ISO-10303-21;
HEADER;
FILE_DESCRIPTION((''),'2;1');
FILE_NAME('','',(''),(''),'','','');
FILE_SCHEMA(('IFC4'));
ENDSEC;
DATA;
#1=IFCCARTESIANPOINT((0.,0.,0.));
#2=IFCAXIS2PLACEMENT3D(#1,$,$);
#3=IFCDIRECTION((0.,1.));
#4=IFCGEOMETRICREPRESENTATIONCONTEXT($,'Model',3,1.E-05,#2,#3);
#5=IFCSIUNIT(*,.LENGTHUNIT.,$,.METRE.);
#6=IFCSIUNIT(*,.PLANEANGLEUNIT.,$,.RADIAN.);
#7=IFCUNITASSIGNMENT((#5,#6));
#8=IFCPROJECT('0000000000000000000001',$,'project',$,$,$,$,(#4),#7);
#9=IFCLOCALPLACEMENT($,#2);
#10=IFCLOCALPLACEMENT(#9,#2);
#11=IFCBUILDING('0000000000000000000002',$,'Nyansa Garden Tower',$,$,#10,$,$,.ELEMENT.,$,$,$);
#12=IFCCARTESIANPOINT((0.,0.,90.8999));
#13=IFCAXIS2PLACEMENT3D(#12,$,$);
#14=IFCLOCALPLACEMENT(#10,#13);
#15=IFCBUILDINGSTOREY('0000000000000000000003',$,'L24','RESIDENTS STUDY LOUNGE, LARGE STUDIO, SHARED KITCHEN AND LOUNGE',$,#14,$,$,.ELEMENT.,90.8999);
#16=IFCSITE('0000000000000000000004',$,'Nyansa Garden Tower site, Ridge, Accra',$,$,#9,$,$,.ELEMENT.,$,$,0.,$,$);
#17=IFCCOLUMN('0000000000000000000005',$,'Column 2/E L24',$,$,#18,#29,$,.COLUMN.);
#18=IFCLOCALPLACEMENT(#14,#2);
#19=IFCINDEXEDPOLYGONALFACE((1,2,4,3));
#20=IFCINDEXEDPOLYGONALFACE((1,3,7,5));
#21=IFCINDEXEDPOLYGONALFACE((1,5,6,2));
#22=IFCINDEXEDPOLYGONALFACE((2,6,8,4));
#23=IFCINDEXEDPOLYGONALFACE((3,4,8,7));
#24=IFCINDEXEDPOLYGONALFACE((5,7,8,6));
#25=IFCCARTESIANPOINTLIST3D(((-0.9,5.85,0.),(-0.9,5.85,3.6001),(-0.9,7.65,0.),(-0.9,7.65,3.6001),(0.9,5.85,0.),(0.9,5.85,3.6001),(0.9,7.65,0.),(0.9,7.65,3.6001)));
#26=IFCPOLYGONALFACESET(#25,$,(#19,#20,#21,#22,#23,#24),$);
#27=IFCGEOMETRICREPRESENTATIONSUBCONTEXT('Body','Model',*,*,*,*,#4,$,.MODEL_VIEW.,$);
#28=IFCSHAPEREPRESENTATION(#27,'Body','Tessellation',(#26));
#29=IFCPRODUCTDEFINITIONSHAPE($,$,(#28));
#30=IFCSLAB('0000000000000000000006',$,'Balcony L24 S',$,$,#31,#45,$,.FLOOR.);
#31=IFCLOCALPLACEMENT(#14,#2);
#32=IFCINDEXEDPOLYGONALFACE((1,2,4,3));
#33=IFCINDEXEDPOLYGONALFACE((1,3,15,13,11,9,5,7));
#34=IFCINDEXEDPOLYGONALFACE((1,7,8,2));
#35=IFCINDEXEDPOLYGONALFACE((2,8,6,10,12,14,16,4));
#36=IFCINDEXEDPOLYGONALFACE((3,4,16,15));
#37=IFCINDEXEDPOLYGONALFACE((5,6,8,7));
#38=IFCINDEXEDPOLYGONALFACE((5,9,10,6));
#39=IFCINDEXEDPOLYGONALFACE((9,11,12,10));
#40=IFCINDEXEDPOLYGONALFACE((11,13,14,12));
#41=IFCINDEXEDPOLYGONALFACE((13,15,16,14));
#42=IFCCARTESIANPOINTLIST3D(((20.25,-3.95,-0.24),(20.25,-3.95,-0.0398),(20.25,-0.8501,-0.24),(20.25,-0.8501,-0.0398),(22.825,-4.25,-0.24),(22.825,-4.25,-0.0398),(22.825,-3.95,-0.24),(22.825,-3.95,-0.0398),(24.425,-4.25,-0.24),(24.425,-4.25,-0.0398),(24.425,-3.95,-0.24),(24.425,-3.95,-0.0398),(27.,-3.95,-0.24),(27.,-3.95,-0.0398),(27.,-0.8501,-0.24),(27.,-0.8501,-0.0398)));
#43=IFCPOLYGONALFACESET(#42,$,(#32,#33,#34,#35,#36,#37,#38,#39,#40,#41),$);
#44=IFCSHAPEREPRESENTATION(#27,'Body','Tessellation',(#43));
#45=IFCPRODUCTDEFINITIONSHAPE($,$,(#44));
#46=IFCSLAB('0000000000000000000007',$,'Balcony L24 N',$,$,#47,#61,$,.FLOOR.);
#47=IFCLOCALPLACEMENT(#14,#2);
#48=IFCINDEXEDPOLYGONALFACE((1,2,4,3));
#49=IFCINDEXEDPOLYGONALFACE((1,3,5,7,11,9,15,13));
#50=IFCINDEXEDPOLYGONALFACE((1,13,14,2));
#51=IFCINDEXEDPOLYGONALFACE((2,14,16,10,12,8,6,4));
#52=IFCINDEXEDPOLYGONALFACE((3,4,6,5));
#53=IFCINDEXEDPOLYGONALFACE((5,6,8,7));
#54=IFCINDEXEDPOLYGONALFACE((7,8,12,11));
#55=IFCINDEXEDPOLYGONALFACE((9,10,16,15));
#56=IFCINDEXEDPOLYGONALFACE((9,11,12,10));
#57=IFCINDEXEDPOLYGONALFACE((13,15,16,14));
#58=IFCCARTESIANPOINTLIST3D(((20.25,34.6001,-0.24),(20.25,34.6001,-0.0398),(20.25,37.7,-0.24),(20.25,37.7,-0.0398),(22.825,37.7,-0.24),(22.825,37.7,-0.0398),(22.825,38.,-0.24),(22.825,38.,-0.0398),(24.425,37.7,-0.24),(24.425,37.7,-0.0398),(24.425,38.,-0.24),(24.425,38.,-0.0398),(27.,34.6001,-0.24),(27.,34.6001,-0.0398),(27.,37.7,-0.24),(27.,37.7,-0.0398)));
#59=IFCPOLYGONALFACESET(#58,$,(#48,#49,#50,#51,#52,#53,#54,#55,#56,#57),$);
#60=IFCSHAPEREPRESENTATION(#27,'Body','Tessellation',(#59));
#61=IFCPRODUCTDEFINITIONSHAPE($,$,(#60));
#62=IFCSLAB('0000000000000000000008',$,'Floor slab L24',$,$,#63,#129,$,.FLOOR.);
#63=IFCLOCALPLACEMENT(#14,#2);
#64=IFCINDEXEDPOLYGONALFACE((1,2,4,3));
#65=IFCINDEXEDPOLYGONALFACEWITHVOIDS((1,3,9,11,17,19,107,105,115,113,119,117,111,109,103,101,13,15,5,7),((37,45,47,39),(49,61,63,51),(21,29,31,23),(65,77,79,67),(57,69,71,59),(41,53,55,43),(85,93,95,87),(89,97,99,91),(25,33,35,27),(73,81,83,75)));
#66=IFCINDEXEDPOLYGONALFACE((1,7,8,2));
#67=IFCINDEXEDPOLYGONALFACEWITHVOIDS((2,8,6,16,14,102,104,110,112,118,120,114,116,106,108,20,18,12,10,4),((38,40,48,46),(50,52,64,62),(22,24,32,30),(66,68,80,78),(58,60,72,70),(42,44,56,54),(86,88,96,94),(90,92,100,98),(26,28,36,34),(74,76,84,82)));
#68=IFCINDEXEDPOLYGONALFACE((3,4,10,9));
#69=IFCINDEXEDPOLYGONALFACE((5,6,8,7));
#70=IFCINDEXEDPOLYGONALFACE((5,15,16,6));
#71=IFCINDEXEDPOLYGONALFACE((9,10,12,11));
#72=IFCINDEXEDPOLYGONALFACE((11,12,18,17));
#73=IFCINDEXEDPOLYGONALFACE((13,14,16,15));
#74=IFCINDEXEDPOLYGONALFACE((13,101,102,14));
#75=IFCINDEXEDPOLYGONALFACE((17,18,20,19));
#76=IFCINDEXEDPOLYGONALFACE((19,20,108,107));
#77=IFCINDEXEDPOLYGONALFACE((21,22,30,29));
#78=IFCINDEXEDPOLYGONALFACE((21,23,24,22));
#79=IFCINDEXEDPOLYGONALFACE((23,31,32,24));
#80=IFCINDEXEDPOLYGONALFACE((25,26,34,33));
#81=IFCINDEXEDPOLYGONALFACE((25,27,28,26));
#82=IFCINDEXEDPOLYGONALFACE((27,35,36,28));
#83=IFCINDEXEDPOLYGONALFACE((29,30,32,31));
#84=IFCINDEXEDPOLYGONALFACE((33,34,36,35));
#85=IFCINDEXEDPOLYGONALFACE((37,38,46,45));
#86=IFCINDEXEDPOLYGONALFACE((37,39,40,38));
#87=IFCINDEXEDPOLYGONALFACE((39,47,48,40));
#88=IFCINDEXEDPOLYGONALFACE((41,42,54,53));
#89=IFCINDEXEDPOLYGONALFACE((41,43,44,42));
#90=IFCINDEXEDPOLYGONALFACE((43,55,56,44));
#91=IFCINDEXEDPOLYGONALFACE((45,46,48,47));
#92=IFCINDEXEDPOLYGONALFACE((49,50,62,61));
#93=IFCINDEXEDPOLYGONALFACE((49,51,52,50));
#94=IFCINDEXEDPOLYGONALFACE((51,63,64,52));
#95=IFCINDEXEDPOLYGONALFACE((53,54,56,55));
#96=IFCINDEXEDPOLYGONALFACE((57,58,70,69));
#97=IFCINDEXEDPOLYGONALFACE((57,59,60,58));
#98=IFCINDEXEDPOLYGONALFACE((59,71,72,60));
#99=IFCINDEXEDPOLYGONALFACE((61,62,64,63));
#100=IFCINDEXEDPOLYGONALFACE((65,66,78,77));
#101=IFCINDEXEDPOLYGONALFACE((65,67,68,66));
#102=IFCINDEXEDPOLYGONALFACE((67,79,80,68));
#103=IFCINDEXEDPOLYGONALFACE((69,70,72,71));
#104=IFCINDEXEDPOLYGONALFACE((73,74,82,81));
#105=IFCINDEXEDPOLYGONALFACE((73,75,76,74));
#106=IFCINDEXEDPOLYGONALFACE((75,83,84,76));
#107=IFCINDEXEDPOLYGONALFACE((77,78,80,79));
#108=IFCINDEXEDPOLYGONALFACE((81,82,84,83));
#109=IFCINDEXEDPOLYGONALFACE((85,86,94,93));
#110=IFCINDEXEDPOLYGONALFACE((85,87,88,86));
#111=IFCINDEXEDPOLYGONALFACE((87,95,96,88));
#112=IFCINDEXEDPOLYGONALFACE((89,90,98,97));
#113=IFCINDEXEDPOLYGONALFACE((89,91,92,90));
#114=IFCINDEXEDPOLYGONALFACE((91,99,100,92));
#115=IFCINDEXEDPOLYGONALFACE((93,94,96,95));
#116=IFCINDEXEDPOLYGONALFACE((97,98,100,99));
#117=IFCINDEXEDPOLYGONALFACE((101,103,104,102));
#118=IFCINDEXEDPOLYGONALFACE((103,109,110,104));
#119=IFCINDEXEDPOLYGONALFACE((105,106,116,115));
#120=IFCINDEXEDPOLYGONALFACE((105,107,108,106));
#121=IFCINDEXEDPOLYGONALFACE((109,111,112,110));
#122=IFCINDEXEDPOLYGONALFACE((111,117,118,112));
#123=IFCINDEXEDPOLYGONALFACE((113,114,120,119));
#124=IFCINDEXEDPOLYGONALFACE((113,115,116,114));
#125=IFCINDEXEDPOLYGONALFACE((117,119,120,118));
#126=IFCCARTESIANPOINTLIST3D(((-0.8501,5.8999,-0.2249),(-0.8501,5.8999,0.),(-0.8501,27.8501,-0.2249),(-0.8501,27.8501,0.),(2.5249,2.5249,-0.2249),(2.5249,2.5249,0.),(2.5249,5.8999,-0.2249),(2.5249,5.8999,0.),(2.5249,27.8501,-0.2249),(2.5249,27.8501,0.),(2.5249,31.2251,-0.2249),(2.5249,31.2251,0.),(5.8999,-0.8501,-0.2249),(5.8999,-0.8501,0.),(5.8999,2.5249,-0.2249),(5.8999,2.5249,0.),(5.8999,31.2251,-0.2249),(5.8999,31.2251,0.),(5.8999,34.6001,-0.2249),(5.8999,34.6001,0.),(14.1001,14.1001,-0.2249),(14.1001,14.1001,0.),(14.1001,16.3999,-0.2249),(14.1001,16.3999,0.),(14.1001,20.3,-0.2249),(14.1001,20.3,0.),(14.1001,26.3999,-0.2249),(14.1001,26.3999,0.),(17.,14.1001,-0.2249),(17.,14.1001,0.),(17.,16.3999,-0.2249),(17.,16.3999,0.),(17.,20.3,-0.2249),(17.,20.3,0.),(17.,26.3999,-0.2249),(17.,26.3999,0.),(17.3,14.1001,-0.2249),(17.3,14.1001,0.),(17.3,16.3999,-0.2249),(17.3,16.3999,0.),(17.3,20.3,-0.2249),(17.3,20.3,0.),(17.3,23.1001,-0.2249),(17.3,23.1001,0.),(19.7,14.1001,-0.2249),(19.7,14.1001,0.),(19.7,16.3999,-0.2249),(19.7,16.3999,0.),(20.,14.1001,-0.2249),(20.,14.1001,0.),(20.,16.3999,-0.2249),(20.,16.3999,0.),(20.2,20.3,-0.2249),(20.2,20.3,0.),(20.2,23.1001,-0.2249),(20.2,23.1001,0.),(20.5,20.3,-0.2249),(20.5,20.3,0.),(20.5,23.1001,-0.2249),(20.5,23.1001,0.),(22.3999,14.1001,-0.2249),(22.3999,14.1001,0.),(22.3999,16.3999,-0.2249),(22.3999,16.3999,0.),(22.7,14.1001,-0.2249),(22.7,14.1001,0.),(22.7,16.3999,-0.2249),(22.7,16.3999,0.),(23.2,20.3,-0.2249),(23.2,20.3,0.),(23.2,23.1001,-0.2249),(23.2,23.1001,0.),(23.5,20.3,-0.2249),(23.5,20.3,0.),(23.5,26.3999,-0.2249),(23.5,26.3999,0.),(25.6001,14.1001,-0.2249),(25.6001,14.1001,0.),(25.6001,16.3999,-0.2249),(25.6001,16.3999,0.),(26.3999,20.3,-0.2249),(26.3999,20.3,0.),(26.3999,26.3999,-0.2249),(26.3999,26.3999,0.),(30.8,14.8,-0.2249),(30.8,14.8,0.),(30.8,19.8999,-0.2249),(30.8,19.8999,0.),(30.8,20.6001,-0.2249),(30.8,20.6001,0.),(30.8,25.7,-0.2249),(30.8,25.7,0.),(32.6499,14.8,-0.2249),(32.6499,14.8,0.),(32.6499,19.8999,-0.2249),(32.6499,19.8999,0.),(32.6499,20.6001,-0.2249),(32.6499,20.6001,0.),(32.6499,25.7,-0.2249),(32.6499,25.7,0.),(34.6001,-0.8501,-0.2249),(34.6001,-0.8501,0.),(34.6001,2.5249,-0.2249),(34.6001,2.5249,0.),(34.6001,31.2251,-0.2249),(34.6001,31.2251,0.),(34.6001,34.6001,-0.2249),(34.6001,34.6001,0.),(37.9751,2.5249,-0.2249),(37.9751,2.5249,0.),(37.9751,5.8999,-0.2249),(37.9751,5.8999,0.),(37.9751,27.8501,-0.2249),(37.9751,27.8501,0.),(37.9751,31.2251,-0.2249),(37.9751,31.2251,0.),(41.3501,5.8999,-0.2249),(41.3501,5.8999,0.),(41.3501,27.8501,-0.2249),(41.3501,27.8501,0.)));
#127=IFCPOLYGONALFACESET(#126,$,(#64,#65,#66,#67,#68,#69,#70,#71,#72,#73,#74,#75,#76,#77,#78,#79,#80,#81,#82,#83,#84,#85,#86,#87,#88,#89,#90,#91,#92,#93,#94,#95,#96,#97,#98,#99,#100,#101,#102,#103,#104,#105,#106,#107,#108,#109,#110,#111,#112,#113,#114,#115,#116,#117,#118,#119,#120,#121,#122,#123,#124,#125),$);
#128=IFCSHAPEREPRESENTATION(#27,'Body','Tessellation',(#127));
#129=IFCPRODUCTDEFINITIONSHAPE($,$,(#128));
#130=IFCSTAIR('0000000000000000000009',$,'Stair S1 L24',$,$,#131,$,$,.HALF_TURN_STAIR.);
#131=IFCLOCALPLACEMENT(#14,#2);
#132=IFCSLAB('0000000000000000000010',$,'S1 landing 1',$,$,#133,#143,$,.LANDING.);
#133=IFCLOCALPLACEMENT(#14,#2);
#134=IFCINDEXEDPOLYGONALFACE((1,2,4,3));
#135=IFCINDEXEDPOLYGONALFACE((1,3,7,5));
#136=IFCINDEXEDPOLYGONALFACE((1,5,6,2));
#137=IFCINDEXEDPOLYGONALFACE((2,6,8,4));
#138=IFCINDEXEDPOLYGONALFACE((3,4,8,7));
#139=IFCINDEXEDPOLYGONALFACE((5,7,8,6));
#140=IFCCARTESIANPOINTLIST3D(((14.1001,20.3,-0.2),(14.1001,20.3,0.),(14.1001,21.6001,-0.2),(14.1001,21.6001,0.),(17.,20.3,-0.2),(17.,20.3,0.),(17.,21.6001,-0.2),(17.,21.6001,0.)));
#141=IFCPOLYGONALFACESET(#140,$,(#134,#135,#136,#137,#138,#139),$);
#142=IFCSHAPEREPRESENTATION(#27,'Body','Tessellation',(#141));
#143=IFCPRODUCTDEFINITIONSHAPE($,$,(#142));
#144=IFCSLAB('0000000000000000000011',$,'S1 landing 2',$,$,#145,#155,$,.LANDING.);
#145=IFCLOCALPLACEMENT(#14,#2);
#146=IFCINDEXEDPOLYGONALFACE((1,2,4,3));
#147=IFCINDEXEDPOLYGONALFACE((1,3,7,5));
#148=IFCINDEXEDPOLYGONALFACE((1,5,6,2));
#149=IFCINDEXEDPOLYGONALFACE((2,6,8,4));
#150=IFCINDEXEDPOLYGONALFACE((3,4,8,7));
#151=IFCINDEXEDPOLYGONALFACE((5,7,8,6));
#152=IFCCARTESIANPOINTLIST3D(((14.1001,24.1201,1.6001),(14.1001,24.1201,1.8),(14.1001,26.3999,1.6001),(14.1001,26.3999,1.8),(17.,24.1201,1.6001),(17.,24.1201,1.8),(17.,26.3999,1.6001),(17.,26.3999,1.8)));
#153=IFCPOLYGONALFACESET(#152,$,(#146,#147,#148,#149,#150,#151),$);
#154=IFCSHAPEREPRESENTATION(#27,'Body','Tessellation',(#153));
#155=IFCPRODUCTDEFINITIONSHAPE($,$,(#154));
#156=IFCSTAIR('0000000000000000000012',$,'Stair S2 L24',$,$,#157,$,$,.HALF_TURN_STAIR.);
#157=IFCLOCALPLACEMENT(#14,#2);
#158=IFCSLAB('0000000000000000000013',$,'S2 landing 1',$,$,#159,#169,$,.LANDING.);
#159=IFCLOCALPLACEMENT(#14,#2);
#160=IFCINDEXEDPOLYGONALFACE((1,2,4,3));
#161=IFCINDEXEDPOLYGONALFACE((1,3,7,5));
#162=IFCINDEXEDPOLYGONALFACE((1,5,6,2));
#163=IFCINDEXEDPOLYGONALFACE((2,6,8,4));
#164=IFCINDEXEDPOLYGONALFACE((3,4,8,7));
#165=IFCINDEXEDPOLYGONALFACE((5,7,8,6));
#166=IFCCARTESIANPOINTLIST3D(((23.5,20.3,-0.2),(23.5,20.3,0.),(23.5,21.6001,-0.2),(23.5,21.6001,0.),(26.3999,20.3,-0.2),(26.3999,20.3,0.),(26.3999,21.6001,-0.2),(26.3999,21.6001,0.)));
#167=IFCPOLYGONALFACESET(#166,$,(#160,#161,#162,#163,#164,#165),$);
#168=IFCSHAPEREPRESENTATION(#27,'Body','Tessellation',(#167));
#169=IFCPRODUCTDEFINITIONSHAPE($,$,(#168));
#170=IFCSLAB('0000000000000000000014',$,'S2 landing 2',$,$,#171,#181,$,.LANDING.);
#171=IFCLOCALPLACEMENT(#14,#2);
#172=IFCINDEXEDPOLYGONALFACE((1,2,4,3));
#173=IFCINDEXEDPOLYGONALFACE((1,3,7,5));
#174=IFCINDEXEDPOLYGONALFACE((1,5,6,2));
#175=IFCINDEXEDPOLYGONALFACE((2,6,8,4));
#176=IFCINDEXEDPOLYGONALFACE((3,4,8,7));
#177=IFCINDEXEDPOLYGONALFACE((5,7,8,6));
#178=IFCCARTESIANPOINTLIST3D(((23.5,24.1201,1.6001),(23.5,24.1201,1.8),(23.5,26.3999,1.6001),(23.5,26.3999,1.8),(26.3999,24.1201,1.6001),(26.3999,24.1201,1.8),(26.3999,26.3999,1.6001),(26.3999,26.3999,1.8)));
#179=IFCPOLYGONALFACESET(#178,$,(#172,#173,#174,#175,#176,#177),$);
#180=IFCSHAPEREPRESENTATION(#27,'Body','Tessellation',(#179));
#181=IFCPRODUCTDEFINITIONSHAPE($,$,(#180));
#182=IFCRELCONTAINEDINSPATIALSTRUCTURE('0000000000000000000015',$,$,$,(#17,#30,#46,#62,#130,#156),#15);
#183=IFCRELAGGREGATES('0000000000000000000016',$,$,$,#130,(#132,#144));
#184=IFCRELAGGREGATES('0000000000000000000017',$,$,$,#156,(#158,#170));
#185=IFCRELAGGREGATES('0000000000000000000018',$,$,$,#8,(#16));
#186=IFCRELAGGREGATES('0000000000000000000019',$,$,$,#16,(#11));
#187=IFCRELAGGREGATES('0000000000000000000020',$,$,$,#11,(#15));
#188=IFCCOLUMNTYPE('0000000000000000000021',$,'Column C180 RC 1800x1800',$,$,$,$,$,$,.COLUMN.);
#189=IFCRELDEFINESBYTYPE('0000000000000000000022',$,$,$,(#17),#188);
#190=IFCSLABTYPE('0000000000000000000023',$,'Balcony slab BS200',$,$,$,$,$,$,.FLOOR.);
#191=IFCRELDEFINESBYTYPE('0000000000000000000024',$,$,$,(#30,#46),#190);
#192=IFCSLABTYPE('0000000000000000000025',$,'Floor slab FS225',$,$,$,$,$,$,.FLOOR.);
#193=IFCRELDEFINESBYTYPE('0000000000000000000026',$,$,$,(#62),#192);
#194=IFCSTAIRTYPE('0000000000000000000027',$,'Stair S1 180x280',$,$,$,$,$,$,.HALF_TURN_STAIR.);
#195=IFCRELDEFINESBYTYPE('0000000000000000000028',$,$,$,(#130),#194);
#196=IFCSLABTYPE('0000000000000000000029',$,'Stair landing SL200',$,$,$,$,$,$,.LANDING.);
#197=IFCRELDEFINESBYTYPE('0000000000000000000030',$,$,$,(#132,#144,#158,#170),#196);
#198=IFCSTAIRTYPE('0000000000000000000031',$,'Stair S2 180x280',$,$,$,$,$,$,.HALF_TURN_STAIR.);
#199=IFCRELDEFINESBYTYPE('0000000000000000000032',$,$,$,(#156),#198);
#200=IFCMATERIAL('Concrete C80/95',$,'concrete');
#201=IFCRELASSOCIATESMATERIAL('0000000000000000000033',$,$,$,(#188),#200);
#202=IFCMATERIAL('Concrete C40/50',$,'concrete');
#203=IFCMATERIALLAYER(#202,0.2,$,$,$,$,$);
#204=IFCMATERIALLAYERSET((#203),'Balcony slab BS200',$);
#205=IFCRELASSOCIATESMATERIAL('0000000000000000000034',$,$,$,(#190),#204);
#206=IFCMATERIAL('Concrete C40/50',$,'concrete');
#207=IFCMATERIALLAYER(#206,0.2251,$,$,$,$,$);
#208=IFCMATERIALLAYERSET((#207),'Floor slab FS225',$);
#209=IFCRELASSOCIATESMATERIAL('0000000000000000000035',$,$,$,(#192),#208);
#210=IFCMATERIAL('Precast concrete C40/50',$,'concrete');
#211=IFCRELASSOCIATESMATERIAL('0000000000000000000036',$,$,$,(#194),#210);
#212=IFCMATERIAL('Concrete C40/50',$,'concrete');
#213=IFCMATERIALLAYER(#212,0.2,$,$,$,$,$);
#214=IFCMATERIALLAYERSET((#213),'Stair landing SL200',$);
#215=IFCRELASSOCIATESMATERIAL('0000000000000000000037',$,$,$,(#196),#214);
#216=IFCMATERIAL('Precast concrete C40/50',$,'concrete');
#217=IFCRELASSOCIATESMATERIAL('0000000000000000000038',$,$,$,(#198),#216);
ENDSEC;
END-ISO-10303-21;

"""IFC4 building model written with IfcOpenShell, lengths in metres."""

from ifc_helpers import new_model, si_unit, direction, frame, origin, origin_2d, place, context, subcontext, project, spatial, polyline, rectangle, outline, extrude, material, layer, layer_set, material_profile, profile_set, type_object, element, aggregate, save


model = new_model("IFC4")

# Units and contexts
model_context = context("Model", 3, precision=1e-05, world=origin(), true_north=direction((0.0, 1.0)))
body_context = subcontext(model_context, "Body", "Model", "MODEL_VIEW")
ifc_project = project(units=[si_unit("LENGTHUNIT", "METRE"), si_unit("PLANEANGLEUNIT", "RADIAN")], contexts=[model_context])

# Site, building, storey
site_placement = place(None, origin())
site = spatial("IfcSite", under=ifc_project, at=site_placement, Name="Nyansa Garden Tower site, Ridge, Accra", CompositionType="ELEMENT", RefElevation=0.0)
building_placement = place(site_placement, origin())
building = spatial("IfcBuilding", under=site, at=building_placement, Name="Nyansa Garden Tower", CompositionType="ELEMENT")
storey_placement = place(building_placement, frame((0.0, 0.0, 90.8999)))
storey = spatial("IfcBuildingStorey", under=building, at=storey_placement, Name="L24", Description="RESIDENTS STUDY LOUNGE, LARGE STUDIO, SHARED KITCHEN AND LOUNGE", CompositionType="ELEMENT", Elevation=90.8999)

# Column
ifc_material_1 = material(Name="Concrete C80/95", Category="concrete")
ifc_material_profile = material_profile(ifc_material_1, rectangle(XDim=1.8, YDim=1.8, at=origin_2d()), Name="RC 1800x1800")
ifc_profile_set = profile_set([ifc_material_profile], Name="Concrete C80/95")
column_type = type_object("IfcColumnType", Name="Column C180 RC 1800x1800", PredefinedType="COLUMN", material=ifc_profile_set)
column_placement = place(storey_placement, frame((0.0, 6.75, 0.0), z_axis=(0.0, 0.0, 1.0), x_axis=(1.0, 0.0, 0.0)))
element("IfcColumn", 1, at=column_placement, inside=storey, type_object=column_type, Name="Column 2/E L24", PredefinedType="COLUMN", context=body_context, shape_type="SweptSolid", body=[
    extrude(rectangle(XDim=1.8, YDim=1.8, at=origin_2d()), origin(), (0.0, 0.0, 1.0), 3.6001),
])

# Slabs
ifc_material_2 = material(Name="Concrete C40/50", Category="concrete")
ifc_layer_1 = layer(ifc_material_2, 0.2)
ifc_layer_set_1 = layer_set([ifc_layer_1], Name="Balcony slab BS200")
slab_type_1 = type_object("IfcSlabType", Name="Balcony slab BS200", PredefinedType="FLOOR", material=ifc_layer_set_1)
slab_1_placement = place(storey_placement, frame((0.0, 0.0, -0.24)))
element("IfcSlab", 2, at=slab_1_placement, inside=storey, type_object=slab_type_1, Name="Balcony L24 S", PredefinedType="FLOOR", context=body_context, shape_type="SweptSolid", body=[
    extrude(outline(polyline([(20.25, -0.8501), (27.0, -0.8501), (27.0, -3.95), (24.425, -3.95), (24.425, -4.25), (22.825, -4.25), (22.825, -3.95), (20.25, -3.95), (20.25, -0.8501)])), origin(), (0.0, 0.0, 1.0), 0.2002),
])
slab_2_placement = place(storey_placement, frame((0.0, 0.0, -0.24)))
element("IfcSlab", 3, at=slab_2_placement, inside=storey, type_object=slab_type_1, Name="Balcony L24 N", PredefinedType="FLOOR", context=body_context, shape_type="SweptSolid", body=[
    extrude(outline(polyline([(20.25, 34.6001), (27.0, 34.6001), (27.0, 37.7), (24.425, 37.7), (24.425, 38.0), (22.825, 38.0), (22.825, 37.7), (20.25, 37.7), (20.25, 34.6001)])), origin(), (0.0, 0.0, 1.0), 0.2002),
])
ifc_material_3 = material(Name="Concrete C40/50", Category="concrete")
ifc_layer_2 = layer(ifc_material_3, 0.2251)
ifc_layer_set_2 = layer_set([ifc_layer_2], Name="Floor slab FS225")
slab_type_2 = type_object("IfcSlabType", Name="Floor slab FS225", PredefinedType="FLOOR", material=ifc_layer_set_2)
slab_3_placement = place(storey_placement, frame((0.0, 0.0, -0.2249)))
element("IfcSlab", 4, at=slab_3_placement, inside=storey, type_object=slab_type_2, Name="Floor slab L24", PredefinedType="FLOOR", context=body_context, shape_type="SweptSolid", body=[
    extrude(outline(polyline([(41.3501, 5.8999), (37.9751, 5.8999), (37.9751, 2.5249), (34.6001, 2.5249), (34.6001, -0.8501), (5.8999, -0.8501), (5.8999, 2.5249), (2.5249, 2.5249), (2.5249, 5.8999), (-0.8501, 5.8999), (-0.8501, 27.8501), (2.5249, 27.8501), (2.5249, 31.2251), (5.8999, 31.2251), (5.8999, 34.6001), (34.6001, 34.6001), (34.6001, 31.2251), (37.9751, 31.2251), (37.9751, 27.8501), (41.3501, 27.8501), (41.3501, 5.8999)]), holes=[polyline([(14.1001, 14.1001), (17.0, 14.1001), (17.0, 16.3999), (14.1001, 16.3999), (14.1001, 14.1001)]), polyline([(17.3, 14.1001), (19.7, 14.1001), (19.7, 16.3999), (17.3, 16.3999), (17.3, 14.1001)]), polyline([(20.0, 14.1001), (22.3999, 14.1001), (22.3999, 16.3999), (20.0, 16.3999), (20.0, 14.1001)]), polyline([(22.7, 14.1001), (25.6001, 14.1001), (25.6001, 16.3999), (22.7, 16.3999), (22.7, 14.1001)]), polyline([(17.3, 20.3), (20.2, 20.3), (20.2, 23.1001), (17.3, 23.1001), (17.3, 20.3)]), polyline([(20.5, 20.3), (23.2, 20.3), (23.2, 23.1001), (20.5, 23.1001), (20.5, 20.3)]), polyline([(30.8, 14.8), (32.6499, 14.8), (32.6499, 19.8999), (30.8, 19.8999), (30.8, 14.8)]), polyline([(30.8, 20.6001), (32.6499, 20.6001), (32.6499, 25.7), (30.8, 25.7), (30.8, 20.6001)]), polyline([(14.1001, 20.3), (17.0, 20.3), (17.0, 26.3999), (14.1001, 26.3999), (14.1001, 20.3)]), polyline([(23.5, 20.3), (26.3999, 20.3), (26.3999, 26.3999), (23.5, 26.3999), (23.5, 20.3)])]), origin(), (0.0, 0.0, 1.0), 0.2249),
])

# Stairs, slabs
ifc_material_4 = material(Name="Precast concrete C40/50", Category="concrete")
stair_type_1 = type_object("IfcStairType", Name="Stair S1 180x280", PredefinedType="HALF_TURN_STAIR", material=ifc_material_4)
stair_1_placement = place(storey_placement, origin())
stair_1 = element("IfcStair", 5, at=stair_1_placement, inside=storey, type_object=stair_type_1, Name="Stair S1 L24", PredefinedType="HALF_TURN_STAIR")
ifc_material_5 = material(Name="Concrete C40/50", Category="concrete")
ifc_layer_3 = layer(ifc_material_5, 0.2)
ifc_layer_set_3 = layer_set([ifc_layer_3], Name="Stair landing SL200")
slab_type_3 = type_object("IfcSlabType", Name="Stair landing SL200", PredefinedType="LANDING", material=ifc_layer_set_3)
slab_4_placement = place(storey_placement, frame((0.0, 0.0, -0.2)))
slab_4 = element("IfcSlab", 6, at=slab_4_placement, type_object=slab_type_3, Name="S1 landing 1", PredefinedType="LANDING", context=body_context, shape_type="SweptSolid", body=[
    extrude(outline(polyline([(14.1001, 20.3), (17.0, 20.3), (17.0, 21.6001), (14.1001, 21.6001), (14.1001, 20.3)])), origin(), (0.0, 0.0, 1.0), 0.2),
])
slab_5_placement = place(storey_placement, frame((0.0, 0.0, 1.6001)))
slab_5 = element("IfcSlab", 7, at=slab_5_placement, type_object=slab_type_3, Name="S1 landing 2", PredefinedType="LANDING", context=body_context, shape_type="SweptSolid", body=[
    extrude(outline(polyline([(14.1001, 24.1201), (17.0, 24.1201), (17.0, 26.3999), (14.1001, 26.3999), (14.1001, 24.1201)])), origin(), (0.0, 0.0, 1.0), 0.2),
])
aggregate(stair_1, [slab_4, slab_5])
ifc_material_6 = material(Name="Precast concrete C40/50", Category="concrete")
stair_type_2 = type_object("IfcStairType", Name="Stair S2 180x280", PredefinedType="HALF_TURN_STAIR", material=ifc_material_6)
stair_2_placement = place(storey_placement, origin())
stair_2 = element("IfcStair", 8, at=stair_2_placement, inside=storey, type_object=stair_type_2, Name="Stair S2 L24", PredefinedType="HALF_TURN_STAIR")
slab_6_placement = place(storey_placement, frame((0.0, 0.0, -0.2)))
slab_6 = element("IfcSlab", 9, at=slab_6_placement, type_object=slab_type_3, Name="S2 landing 1", PredefinedType="LANDING", context=body_context, shape_type="SweptSolid", body=[
    extrude(outline(polyline([(23.5, 20.3), (26.3999, 20.3), (26.3999, 21.6001), (23.5, 21.6001), (23.5, 20.3)])), origin(), (0.0, 0.0, 1.0), 0.2),
])
slab_7_placement = place(storey_placement, frame((0.0, 0.0, 1.6001)))
slab_7 = element("IfcSlab", 10, at=slab_7_placement, type_object=slab_type_3, Name="S2 landing 2", PredefinedType="LANDING", context=body_context, shape_type="SweptSolid", body=[
    extrude(outline(polyline([(23.5, 24.1201), (26.3999, 24.1201), (26.3999, 26.3999), (23.5, 26.3999), (23.5, 24.1201)])), origin(), (0.0, 0.0, 1.0), 0.2),
])
aggregate(stair_2, [slab_6, slab_7])

save(model, "model.ifc")
